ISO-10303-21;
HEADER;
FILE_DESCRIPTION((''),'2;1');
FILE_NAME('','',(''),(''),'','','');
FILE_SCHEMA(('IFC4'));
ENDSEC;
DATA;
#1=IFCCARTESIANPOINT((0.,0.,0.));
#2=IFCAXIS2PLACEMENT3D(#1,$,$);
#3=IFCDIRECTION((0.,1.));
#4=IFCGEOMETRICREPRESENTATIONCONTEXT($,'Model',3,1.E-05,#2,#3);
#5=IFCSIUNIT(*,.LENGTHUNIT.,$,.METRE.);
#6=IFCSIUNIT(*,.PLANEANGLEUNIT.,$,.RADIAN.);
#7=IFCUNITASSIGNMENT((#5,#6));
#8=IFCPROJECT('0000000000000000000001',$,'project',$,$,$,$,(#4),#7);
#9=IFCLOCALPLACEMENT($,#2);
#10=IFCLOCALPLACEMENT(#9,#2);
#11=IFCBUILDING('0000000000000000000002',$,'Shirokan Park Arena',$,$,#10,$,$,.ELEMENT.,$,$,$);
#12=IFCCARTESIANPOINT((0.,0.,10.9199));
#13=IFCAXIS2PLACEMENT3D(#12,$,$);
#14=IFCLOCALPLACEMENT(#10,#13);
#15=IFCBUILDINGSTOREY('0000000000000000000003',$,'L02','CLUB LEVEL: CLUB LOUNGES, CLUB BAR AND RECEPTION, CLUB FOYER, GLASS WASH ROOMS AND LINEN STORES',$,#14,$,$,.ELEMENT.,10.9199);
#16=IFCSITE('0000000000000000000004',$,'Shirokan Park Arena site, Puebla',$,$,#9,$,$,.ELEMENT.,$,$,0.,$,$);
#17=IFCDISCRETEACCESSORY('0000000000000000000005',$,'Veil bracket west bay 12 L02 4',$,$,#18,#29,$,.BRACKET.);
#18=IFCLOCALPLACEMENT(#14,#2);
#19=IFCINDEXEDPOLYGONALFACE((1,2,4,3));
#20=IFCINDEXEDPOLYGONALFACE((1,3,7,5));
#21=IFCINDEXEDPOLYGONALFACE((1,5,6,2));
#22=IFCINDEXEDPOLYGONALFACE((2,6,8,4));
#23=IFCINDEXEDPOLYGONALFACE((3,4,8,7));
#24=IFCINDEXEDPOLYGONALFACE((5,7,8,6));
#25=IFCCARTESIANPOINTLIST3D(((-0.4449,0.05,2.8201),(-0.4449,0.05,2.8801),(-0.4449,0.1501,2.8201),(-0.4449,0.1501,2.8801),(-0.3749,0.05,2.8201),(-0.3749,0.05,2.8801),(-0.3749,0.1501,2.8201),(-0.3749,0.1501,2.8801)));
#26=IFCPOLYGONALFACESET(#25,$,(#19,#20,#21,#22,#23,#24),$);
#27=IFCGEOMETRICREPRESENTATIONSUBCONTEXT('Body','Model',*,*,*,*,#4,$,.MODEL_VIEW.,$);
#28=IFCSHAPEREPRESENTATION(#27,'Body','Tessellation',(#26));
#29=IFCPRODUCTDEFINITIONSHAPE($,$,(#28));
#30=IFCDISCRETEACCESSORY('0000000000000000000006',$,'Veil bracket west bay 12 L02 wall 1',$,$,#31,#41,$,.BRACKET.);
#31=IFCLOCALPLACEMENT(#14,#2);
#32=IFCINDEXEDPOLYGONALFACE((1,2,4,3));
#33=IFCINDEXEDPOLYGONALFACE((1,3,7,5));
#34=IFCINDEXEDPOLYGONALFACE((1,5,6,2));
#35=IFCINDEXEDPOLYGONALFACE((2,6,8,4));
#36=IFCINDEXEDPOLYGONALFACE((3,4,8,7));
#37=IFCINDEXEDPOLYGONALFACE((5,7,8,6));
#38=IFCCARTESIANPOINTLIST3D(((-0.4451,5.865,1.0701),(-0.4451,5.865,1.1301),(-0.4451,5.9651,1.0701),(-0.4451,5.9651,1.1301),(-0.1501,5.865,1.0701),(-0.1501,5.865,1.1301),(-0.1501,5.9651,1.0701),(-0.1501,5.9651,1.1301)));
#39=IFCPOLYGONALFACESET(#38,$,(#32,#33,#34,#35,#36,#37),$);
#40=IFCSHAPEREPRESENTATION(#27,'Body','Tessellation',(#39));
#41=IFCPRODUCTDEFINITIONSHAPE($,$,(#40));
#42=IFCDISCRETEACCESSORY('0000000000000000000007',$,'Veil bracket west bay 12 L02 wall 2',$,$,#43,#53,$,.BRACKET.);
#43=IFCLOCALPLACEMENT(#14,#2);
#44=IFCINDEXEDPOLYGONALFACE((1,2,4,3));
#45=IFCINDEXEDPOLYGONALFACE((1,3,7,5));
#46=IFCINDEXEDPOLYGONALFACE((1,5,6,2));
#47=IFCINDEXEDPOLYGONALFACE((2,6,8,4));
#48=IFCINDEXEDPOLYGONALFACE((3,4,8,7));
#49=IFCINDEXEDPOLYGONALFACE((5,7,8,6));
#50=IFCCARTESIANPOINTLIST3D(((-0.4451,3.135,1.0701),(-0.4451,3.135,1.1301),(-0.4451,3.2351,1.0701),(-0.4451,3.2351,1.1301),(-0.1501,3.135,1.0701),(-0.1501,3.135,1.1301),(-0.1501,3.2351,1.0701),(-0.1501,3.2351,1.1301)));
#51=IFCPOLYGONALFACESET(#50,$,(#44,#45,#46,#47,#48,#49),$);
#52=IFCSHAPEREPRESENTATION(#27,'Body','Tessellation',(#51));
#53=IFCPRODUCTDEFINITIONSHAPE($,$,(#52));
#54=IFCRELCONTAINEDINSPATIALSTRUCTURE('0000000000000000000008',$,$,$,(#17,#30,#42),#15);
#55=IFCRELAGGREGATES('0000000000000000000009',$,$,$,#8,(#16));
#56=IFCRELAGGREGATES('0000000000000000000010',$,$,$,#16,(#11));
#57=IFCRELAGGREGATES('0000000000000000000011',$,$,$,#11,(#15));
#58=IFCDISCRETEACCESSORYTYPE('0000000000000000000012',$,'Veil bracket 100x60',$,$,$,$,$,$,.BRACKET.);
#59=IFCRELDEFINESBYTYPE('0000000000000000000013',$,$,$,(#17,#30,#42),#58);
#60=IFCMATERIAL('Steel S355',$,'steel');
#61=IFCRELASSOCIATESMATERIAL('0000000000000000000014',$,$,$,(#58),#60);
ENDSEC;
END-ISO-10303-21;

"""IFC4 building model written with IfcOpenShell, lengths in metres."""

from ifc_helpers import new_model, si_unit, direction, frame, origin, origin_2d, place, context, subcontext, project, spatial, rectangle, extrude, material, type_object, element, save


model = new_model("IFC4")

# Units and contexts
model_context = context("Model", 3, precision=1e-05, world=origin(), true_north=direction((0.0, 1.0)))
body_context = subcontext(model_context, "Body", "Model", "MODEL_VIEW")
ifc_project = project(units=[si_unit("LENGTHUNIT", "METRE"), si_unit("PLANEANGLEUNIT", "RADIAN")], contexts=[model_context])

# Site, building, storey
site_placement = place(None, origin())
site = spatial("IfcSite", under=ifc_project, at=site_placement, Name="Shirokan Park Arena site, Puebla", CompositionType="ELEMENT", RefElevation=0.0)
building_placement = place(site_placement, origin())
building = spatial("IfcBuilding", under=site, at=building_placement, Name="Shirokan Park Arena", CompositionType="ELEMENT")
storey_placement = place(building_placement, frame((0.0, 0.0, 10.9199)))
storey = spatial("IfcBuildingStorey", under=building, at=storey_placement, Name="L02", Description="CLUB LEVEL: CLUB LOUNGES, CLUB BAR AND RECEPTION, CLUB FOYER, GLASS WASH ROOMS AND LINEN STORES", CompositionType="ELEMENT", Elevation=10.9199)

# Discrete accessories
ifc_material_1 = material(Name="Steel S355", Category="steel")
discrete_accessory_type = type_object("IfcDiscreteAccessoryType", Name="Veil bracket 100x60", PredefinedType="BRACKET", material=ifc_material_1)
for number, where, z_axis, x_axis, name in (
    (1, (-0.4099, 0.1001, 2.8201), (0.0, 0.0, 1.0), (0.0, -1.0, 0.0), "Veil bracket west bay 12 L02 4"),
):
    element("IfcDiscreteAccessory", number, at=place(storey_placement, frame(where, z_axis=z_axis, x_axis=x_axis)), inside=storey, type_object=discrete_accessory_type, Name=name, PredefinedType="BRACKET", context=body_context, shape_type="SweptSolid", body=[
        extrude(rectangle(XDim=0.1001, YDim=0.0701, at=origin_2d()), origin(), (0.0, 0.0, 1.0), 0.0601),
    ])
for number, where, z_axis, x_axis, name in (
    (2, (-0.2976, 5.915, 1.0701), (0.0, 0.0, 1.0), (0.0, -1.0, 0.0), "Veil bracket west bay 12 L02 wall 1"),
    (3, (-0.2976, 3.1851, 1.0701), (0.0, 0.0, 1.0), (0.0, -1.0, 0.0), "Veil bracket west bay 12 L02 wall 2"),
):
    element("IfcDiscreteAccessory", number, at=place(storey_placement, frame(where, z_axis=z_axis, x_axis=x_axis)), inside=storey, type_object=discrete_accessory_type, Name=name, PredefinedType="BRACKET", context=body_context, shape_type="SweptSolid", body=[
        extrude(rectangle(XDim=0.1001, YDim=0.2949, at=origin_2d()), origin(), (0.0, 0.0, 1.0), 0.0601),
    ])

save(model, "model.ifc")
